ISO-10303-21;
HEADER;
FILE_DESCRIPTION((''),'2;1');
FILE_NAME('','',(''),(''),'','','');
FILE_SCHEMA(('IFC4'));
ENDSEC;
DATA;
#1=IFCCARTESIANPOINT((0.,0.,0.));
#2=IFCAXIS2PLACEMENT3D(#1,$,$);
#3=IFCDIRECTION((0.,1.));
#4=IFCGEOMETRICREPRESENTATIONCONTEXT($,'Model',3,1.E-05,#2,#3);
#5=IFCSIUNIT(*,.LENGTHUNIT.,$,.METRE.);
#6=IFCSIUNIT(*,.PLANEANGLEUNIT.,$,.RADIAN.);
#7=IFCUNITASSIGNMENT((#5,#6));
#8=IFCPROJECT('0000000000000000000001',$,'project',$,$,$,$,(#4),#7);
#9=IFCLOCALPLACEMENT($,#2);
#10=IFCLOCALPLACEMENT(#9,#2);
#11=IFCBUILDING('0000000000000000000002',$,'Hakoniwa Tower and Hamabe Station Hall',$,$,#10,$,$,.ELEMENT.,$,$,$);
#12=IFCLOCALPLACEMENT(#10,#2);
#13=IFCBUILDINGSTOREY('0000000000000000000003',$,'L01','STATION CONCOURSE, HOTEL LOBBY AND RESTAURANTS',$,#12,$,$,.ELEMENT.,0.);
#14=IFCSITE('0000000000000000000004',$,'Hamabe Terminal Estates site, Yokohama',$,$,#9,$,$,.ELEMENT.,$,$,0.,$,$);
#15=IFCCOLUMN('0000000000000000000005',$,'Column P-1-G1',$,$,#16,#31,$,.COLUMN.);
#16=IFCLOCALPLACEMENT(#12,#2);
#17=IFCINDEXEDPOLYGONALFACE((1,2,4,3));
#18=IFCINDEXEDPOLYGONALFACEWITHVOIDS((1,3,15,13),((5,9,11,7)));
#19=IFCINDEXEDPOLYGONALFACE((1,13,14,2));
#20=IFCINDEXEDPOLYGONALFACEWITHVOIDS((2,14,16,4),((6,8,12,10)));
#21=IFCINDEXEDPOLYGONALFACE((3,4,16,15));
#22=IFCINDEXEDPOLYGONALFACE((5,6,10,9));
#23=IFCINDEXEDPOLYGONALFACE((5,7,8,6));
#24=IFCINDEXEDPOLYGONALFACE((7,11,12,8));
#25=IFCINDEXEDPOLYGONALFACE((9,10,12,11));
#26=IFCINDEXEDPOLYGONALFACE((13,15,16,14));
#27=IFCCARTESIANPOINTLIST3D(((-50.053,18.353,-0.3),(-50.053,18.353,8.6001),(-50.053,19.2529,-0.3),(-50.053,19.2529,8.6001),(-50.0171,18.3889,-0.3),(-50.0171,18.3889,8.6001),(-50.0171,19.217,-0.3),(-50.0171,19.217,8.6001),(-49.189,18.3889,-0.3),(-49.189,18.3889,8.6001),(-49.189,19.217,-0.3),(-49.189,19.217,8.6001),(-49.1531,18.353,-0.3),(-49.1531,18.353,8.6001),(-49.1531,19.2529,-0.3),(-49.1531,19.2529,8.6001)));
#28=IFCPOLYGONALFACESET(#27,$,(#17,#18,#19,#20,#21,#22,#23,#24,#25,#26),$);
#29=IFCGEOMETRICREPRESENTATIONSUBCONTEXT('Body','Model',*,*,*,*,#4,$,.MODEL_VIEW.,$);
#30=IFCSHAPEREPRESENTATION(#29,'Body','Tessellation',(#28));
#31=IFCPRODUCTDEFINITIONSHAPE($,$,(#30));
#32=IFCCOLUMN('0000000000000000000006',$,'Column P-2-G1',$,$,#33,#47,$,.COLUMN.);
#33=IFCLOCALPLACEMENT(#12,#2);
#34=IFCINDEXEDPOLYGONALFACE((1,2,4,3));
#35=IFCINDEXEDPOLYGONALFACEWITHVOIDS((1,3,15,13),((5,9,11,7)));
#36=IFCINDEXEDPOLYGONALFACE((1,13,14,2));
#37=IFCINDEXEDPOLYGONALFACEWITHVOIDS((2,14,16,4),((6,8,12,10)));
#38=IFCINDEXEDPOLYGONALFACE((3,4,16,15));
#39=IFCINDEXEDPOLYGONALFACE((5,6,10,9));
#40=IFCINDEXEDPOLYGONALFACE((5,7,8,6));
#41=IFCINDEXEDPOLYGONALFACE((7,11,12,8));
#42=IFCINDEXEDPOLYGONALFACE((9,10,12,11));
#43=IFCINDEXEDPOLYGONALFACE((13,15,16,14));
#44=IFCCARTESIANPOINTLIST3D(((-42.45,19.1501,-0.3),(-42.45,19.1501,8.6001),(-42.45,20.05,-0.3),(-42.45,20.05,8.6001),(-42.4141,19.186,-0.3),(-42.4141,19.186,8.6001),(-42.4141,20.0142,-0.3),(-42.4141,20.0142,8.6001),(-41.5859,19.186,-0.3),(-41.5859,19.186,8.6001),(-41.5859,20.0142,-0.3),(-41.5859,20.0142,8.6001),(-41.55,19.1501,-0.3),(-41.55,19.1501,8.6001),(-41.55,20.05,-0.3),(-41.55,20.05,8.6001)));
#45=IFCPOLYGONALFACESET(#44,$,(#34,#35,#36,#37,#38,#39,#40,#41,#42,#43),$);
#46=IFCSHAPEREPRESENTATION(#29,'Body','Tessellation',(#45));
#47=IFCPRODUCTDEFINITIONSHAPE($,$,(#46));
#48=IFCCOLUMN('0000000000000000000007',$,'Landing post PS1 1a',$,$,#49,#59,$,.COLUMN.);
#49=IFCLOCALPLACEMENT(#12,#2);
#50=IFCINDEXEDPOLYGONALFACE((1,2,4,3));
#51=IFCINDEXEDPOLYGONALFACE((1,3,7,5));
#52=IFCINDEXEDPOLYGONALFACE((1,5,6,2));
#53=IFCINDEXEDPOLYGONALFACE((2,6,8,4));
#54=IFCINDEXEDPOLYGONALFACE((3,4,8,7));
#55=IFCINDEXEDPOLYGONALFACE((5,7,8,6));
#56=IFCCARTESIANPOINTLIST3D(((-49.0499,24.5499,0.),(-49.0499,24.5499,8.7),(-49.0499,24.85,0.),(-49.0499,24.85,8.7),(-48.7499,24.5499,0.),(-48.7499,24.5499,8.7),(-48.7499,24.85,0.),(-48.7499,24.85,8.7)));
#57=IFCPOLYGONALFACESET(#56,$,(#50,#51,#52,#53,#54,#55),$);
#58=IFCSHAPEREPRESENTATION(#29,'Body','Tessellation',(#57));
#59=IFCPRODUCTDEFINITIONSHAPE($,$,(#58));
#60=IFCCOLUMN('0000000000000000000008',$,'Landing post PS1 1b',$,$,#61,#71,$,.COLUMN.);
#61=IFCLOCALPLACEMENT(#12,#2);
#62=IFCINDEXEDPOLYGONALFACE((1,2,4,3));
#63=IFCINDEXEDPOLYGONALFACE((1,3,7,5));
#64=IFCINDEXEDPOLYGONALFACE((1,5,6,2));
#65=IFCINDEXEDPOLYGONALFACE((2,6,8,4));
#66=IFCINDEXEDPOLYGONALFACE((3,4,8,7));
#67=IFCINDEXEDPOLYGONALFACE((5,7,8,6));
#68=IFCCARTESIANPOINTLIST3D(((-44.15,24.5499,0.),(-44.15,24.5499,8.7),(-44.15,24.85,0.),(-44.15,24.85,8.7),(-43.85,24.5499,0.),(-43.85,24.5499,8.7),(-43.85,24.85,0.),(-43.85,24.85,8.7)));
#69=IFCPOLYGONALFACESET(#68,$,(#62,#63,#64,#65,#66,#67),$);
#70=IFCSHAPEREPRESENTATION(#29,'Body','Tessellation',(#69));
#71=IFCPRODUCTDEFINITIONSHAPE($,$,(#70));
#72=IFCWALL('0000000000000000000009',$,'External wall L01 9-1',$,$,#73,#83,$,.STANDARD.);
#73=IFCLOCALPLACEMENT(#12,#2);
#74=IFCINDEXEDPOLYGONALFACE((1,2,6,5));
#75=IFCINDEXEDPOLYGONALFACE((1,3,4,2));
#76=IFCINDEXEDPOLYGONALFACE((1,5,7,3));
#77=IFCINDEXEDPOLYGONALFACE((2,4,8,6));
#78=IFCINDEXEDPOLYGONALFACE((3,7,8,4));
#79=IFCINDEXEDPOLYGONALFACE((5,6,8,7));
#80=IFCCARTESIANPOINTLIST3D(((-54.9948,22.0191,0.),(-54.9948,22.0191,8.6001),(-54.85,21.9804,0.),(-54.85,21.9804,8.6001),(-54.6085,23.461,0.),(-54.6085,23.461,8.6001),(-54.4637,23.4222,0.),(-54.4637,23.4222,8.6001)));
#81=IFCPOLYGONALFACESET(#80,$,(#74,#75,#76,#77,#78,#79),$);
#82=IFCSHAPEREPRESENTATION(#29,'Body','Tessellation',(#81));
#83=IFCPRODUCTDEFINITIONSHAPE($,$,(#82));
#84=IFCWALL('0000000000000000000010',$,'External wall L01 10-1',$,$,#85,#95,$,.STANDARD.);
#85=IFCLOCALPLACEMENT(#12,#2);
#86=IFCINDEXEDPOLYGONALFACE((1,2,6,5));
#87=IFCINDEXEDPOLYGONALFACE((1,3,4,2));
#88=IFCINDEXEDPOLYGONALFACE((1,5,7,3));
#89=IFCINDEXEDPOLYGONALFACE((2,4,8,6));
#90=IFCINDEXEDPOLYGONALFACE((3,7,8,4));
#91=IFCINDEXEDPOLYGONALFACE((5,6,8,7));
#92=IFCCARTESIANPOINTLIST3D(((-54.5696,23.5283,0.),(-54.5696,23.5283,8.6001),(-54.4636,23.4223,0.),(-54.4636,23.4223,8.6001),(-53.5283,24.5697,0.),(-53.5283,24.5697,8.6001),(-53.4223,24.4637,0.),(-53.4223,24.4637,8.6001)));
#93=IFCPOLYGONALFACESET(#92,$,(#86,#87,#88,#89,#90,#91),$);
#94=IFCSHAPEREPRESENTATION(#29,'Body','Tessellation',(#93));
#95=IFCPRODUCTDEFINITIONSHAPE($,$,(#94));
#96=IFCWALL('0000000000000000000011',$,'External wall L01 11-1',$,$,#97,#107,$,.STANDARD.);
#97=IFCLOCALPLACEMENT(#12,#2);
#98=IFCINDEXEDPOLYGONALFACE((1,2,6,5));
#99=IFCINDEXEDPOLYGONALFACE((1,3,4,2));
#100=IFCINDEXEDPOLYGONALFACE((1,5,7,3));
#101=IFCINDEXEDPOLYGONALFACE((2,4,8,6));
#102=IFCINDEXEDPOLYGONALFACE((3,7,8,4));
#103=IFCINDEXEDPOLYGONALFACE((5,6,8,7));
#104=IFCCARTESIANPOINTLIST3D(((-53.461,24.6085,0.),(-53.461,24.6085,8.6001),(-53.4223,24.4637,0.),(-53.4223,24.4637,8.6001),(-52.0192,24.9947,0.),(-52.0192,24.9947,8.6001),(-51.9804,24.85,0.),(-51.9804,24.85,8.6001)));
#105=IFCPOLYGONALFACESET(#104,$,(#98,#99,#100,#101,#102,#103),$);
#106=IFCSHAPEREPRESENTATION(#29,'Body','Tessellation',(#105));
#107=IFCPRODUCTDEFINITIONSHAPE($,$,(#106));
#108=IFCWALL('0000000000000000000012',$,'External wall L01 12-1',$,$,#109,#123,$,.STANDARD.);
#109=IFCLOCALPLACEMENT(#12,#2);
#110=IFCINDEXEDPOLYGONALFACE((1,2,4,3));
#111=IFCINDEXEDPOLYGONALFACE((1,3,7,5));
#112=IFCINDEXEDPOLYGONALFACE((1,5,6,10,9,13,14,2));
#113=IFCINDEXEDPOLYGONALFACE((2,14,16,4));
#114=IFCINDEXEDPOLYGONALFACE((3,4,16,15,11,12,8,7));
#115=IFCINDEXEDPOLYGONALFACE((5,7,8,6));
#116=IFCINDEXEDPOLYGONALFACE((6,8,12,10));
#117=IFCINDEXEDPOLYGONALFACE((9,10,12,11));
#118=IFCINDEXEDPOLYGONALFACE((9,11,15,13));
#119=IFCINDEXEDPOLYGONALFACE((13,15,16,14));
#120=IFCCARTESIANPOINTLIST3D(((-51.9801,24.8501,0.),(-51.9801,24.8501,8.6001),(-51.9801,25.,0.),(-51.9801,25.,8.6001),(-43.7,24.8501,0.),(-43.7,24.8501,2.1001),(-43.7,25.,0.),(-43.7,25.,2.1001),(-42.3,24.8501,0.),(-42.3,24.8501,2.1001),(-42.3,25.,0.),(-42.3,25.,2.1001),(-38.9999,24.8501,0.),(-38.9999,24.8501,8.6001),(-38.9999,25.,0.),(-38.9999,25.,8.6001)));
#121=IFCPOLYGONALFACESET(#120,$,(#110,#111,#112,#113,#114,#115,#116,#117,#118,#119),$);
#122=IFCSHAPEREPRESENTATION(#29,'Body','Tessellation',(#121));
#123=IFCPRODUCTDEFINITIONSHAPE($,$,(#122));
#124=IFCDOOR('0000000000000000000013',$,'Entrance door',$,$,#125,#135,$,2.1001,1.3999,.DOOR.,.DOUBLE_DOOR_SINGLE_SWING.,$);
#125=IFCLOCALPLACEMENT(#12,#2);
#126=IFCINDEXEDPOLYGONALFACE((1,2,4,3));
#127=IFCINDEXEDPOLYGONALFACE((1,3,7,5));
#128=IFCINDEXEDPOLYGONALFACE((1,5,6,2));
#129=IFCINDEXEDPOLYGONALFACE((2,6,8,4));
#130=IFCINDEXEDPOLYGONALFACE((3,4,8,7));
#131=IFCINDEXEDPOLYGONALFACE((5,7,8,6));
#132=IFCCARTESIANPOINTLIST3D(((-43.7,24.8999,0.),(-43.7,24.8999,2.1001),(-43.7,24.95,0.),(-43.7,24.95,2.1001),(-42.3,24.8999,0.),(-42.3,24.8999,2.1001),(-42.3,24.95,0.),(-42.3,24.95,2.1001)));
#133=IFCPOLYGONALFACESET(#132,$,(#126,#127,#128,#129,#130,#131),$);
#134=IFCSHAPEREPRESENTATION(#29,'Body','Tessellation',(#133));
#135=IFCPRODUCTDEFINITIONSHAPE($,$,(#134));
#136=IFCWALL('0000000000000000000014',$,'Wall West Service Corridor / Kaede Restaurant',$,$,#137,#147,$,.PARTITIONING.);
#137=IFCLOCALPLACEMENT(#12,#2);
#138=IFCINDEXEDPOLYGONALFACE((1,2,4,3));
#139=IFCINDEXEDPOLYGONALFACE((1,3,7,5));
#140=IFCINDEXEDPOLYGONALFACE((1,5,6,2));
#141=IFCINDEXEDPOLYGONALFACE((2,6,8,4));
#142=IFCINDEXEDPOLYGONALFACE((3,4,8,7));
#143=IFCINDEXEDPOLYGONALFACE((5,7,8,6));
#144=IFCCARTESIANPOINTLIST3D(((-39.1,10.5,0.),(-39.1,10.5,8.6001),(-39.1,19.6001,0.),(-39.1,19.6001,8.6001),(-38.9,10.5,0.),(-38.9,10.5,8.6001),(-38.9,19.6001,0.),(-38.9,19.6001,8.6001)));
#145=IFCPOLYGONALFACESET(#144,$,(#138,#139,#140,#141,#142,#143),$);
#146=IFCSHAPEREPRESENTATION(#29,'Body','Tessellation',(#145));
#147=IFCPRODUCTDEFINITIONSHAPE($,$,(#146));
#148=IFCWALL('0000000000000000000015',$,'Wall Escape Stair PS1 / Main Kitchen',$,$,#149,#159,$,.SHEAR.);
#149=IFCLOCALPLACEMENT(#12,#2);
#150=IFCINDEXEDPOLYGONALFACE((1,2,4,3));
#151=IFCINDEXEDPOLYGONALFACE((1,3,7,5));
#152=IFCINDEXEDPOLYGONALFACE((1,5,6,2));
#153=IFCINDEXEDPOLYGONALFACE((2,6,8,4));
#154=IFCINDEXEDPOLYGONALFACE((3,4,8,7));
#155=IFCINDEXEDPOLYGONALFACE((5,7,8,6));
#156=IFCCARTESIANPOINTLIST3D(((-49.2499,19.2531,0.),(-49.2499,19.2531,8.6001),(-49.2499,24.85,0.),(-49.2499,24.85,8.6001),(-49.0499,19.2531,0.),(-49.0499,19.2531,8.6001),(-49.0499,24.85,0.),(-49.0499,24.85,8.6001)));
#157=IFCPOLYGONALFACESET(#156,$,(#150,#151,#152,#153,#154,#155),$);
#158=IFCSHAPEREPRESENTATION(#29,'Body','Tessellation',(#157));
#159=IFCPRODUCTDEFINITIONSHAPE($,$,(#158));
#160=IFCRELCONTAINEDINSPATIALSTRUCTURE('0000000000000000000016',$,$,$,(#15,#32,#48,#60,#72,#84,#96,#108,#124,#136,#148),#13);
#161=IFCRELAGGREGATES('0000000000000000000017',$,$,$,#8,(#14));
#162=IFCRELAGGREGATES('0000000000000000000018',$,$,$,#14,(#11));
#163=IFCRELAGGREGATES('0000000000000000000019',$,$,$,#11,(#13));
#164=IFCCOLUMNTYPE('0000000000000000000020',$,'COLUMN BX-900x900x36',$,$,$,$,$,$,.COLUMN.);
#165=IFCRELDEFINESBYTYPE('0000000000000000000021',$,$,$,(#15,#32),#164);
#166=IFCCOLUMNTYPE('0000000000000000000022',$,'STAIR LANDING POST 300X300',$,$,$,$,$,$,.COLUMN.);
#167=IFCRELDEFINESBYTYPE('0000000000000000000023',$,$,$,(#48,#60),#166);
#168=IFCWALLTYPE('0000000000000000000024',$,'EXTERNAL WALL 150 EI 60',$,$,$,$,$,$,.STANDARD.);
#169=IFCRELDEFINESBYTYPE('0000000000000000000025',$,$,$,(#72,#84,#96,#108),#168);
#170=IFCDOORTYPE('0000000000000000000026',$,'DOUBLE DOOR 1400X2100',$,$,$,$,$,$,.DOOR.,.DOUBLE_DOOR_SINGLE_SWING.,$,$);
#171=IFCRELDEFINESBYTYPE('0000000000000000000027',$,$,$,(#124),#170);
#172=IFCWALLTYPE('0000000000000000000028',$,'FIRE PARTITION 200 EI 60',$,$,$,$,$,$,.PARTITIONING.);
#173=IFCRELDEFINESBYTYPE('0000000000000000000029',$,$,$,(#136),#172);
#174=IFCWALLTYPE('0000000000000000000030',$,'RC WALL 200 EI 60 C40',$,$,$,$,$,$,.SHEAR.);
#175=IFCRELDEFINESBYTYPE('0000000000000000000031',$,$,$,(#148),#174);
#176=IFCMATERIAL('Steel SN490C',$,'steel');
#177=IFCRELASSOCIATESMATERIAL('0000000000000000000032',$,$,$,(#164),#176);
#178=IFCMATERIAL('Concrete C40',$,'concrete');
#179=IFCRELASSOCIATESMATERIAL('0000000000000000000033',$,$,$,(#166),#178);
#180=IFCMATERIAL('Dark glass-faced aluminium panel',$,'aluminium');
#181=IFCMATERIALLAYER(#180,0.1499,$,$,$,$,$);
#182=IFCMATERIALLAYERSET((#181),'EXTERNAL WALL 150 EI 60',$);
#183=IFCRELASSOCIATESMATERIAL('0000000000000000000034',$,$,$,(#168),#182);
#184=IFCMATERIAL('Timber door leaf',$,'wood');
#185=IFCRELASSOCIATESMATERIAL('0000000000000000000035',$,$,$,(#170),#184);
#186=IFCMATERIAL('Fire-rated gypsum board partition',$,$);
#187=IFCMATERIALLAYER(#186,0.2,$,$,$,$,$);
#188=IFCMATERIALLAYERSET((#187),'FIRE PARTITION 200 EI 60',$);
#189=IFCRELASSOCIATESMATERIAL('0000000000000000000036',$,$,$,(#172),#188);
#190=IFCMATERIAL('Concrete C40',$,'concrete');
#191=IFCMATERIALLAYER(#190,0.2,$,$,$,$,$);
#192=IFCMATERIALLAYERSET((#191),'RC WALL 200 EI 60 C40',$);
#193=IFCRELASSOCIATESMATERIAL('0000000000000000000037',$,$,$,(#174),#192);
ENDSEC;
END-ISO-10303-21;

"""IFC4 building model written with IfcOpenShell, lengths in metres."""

from ifc_helpers import new_model, si_unit, direction, frame, frame_2d, origin, origin_2d, place, context, subcontext, project, spatial, rectangle, hollow_rectangle, extrude, material, layer, layer_set, material_profile, profile_set, type_object, element, fill, save


model = new_model("IFC4")

# Units and contexts
model_context = context("Model", 3, precision=1e-05, world=origin(), true_north=direction((0.0, 1.0)))
body_context = subcontext(model_context, "Body", "Model", "MODEL_VIEW")
ifc_project = project(units=[si_unit("LENGTHUNIT", "METRE"), si_unit("PLANEANGLEUNIT", "RADIAN")], contexts=[model_context])

# Site, building, storey
site_placement = place(None, origin())
site = spatial("IfcSite", under=ifc_project, at=site_placement, Name="Hamabe Terminal Estates site, Yokohama", CompositionType="ELEMENT", RefElevation=0.0)
building_placement = place(site_placement, origin())
building = spatial("IfcBuilding", under=site, at=building_placement, Name="Hakoniwa Tower and Hamabe Station Hall", CompositionType="ELEMENT")
storey_placement = place(building_placement, origin())
storey = spatial("IfcBuildingStorey", under=building, at=storey_placement, Name="L01", Description="STATION CONCOURSE, HOTEL LOBBY AND RESTAURANTS", CompositionType="ELEMENT", Elevation=0.0)

# Columns
ifc_material_1 = material(Name="Steel SN490C", Category="steel")
ifc_material_profile_1 = material_profile(ifc_material_1, hollow_rectangle(XDim=0.8999, YDim=0.8999, WallThickness=0.0359, at=origin_2d()), Name="BX-900x900x36")
ifc_profile_set_1 = profile_set([ifc_material_profile_1], Name="Steel SN490C")
column_type_1 = type_object("IfcColumnType", Name="COLUMN BX-900x900x36", PredefinedType="COLUMN", material=ifc_profile_set_1)
for number, where, z_axis, x_axis, name in (
    (1, (-49.603, 18.803, -0.3), (0.0, 0.0, 1.0), (1.0, 0.0, 0.0), "Column P-1-G1"),
    (2, (-42.0, 19.6001, -0.3), (0.0, 0.0, 1.0), (1.0, 0.0, 0.0), "Column P-2-G1"),
):
    element("IfcColumn", number, at=place(storey_placement, frame(where, z_axis=z_axis, x_axis=x_axis)), inside=storey, type_object=column_type_1, Name=name, PredefinedType="COLUMN", context=body_context, shape_type="SweptSolid", body=[
        extrude(hollow_rectangle(XDim=0.8999, YDim=0.8999, WallThickness=0.0359, at=origin_2d()), origin(), (0.0, 0.0, 1.0), 8.9001),
    ])
ifc_material_2 = material(Name="Concrete C40", Category="concrete")
ifc_material_profile_2 = material_profile(ifc_material_2, rectangle(XDim=0.3, YDim=0.3, at=origin_2d()), Name="STAIR LANDING POST 300X300")
ifc_profile_set_2 = profile_set([ifc_material_profile_2], Name="Concrete C40")
column_type_2 = type_object("IfcColumnType", Name="STAIR LANDING POST 300X300", PredefinedType="COLUMN", material=ifc_profile_set_2)
for number, where, z_axis, x_axis, name in (
    (3, (-48.8999, 24.7, 0.0), (0.0, 0.0, 1.0), (1.0, 0.0, 0.0), "Landing post PS1 1a"),
    (4, (-44.0, 24.7, 0.0), (0.0, 0.0, 1.0), (1.0, 0.0, 0.0), "Landing post PS1 1b"),
):
    element("IfcColumn", number, at=place(storey_placement, frame(where, z_axis=z_axis, x_axis=x_axis)), inside=storey, type_object=column_type_2, Name=name, PredefinedType="COLUMN", context=body_context, shape_type="SweptSolid", body=[
        extrude(rectangle(XDim=0.3, YDim=0.3, at=origin_2d()), origin(), (0.0, 0.0, 1.0), 8.7),
    ])

# Walls
ifc_material_3 = material(Name="Dark glass-faced aluminium panel", Category="aluminium")
ifc_layer_1 = layer(ifc_material_3, 0.1499)
ifc_layer_set_1 = layer_set([ifc_layer_1], Name="EXTERNAL WALL 150 EI 60")
wall_type_1 = type_object("IfcWallType", Name="EXTERNAL WALL 150 EI 60", PredefinedType="STANDARD", material=ifc_layer_set_1)
wall_1_placement = place(storey_placement, frame((-54.9224, 21.9998, 0.0), z_axis=(0.0, 0.0, 1.0), x_axis=(0.258742, 0.965947, 0.0)))
element("IfcWall", 5, at=wall_1_placement, inside=storey, type_object=wall_type_1, Name="External wall L01 9-1", PredefinedType="STANDARD", context=body_context, shape_type="SweptSolid", body=[
    extrude(rectangle(XDim=1.4927, YDim=0.1499, at=frame_2d((0.7463, 0.0))), origin(), (0.0, 0.0, 1.0), 8.6001),
])
wall_2_placement = place(storey_placement, frame((-54.5166, 23.4753, 0.0), z_axis=(0.0, 0.0, 1.0), x_axis=(0.707107, 0.707107, 0.0)))
element("IfcWall", 6, at=wall_2_placement, inside=storey, type_object=wall_type_1, Name="External wall L01 10-1", PredefinedType="STANDARD", context=body_context, shape_type="SweptSolid", body=[
    extrude(rectangle(XDim=1.4727, YDim=0.1499, at=frame_2d((0.7363, 0.0))), origin(), (0.0, 0.0, 1.0), 8.6001),
])
wall_3_placement = place(storey_placement, frame((-53.4417, 24.5361, 0.0), z_axis=(0.0, 0.0, 1.0), x_axis=(0.965947, 0.258742, 0.0)))
element("IfcWall", 7, at=wall_3_placement, inside=storey, type_object=wall_type_1, Name="External wall L01 11-1", PredefinedType="STANDARD", context=body_context, shape_type="SweptSolid", body=[
    extrude(rectangle(XDim=1.4927, YDim=0.1499, at=frame_2d((0.7463, 0.0))), origin(), (0.0, 0.0, 1.0), 8.6001),
])

# Wall, opening, door
wall_4_placement = place(storey_placement, frame((-51.9802, 24.925, 0.0), z_axis=(0.0, 0.0, 1.0), x_axis=(1.0, 0.0, 0.0)))
wall_4 = element("IfcWall", 8, at=wall_4_placement, inside=storey, type_object=wall_type_1, Name="External wall L01 12-1", PredefinedType="STANDARD", context=body_context, shape_type="SweptSolid", body=[
    extrude(rectangle(XDim=12.9802, YDim=0.1499, at=frame_2d((6.4902, 0.0))), origin(), (0.0, 0.0, 1.0), 8.6001),
])
opening_1_placement = place(wall_4_placement, frame((8.2803, 0.0, 0.0)))
opening_1 = element("IfcOpeningElement", 9, at=opening_1_placement, cuts=wall_4, PredefinedType="OPENING", context=body_context, shape_type="SweptSolid", body=[
    extrude(rectangle(XDim=1.3999, YDim=2.1001, at=frame_2d((0.7, 1.05))), frame((0.0, 0.085, 0.0), z_axis=(0.0, -1.0, 0.0), x_axis=(1.0, 0.0, 0.0)), (0.0, 0.0, 1.0), 0.1699),
])
ifc_material_4 = material(Name="Timber door leaf", Category="wood")
door_type_1 = type_object("IfcDoorType", Name="DOUBLE DOOR 1400X2100", OperationType="DOUBLE_DOOR_SINGLE_SWING", PredefinedType="DOOR", material=ifc_material_4)
door_1_placement = place(opening_1_placement, origin())
door_1 = element("IfcDoor", 10, at=door_1_placement, inside=storey, type_object=door_type_1, Name="Entrance door", OperationType="DOUBLE_DOOR_SINGLE_SWING", OverallHeight=2.1001, OverallWidth=1.3999, PredefinedType="DOOR", context=body_context, shape_type="SweptSolid", body=[
    extrude(rectangle(XDim=1.3999, YDim=2.1001, at=frame_2d((0.7, 1.05))), frame((0.0, 0.0249, 0.0), z_axis=(0.0, -1.0, 0.0), x_axis=(1.0, 0.0, 0.0)), (0.0, 0.0, 1.0), 0.05),
])
fill(opening_1, door_1)

# Walls
ifc_material_5 = material(Name="Fire-rated gypsum board partition")
ifc_layer_2 = layer(ifc_material_5, 0.2)
ifc_layer_set_2 = layer_set([ifc_layer_2], Name="FIRE PARTITION 200 EI 60")
wall_type_2 = type_object("IfcWallType", Name="FIRE PARTITION 200 EI 60", PredefinedType="PARTITIONING", material=ifc_layer_set_2)
wall_5_placement = place(storey_placement, frame((-39.0, 19.6001, 0.0), z_axis=(0.0, 0.0, 1.0), x_axis=(0.0, -1.0, 0.0)))
element("IfcWall", 11, at=wall_5_placement, inside=storey, type_object=wall_type_2, Name="Wall West Service Corridor / Kaede Restaurant", PredefinedType="PARTITIONING", context=body_context, shape_type="SweptSolid", body=[
    extrude(rectangle(XDim=9.1001, YDim=0.2, at=frame_2d((4.55, 0.0))), origin(), (0.0, 0.0, 1.0), 8.6001),
])
ifc_material_6 = material(Name="Concrete C40", Category="concrete")
ifc_layer_3 = layer(ifc_material_6, 0.2)
ifc_layer_set_3 = layer_set([ifc_layer_3], Name="RC WALL 200 EI 60 C40")
wall_type_3 = type_object("IfcWallType", Name="RC WALL 200 EI 60 C40", PredefinedType="SHEAR", material=ifc_layer_set_3)
wall_6_placement = place(storey_placement, frame((-49.1499, 19.2532, 0.0), z_axis=(0.0, 0.0, 1.0), x_axis=(0.0, 1.0, 0.0)))
element("IfcWall", 12, at=wall_6_placement, inside=storey, type_object=wall_type_3, Name="Wall Escape Stair PS1 / Main Kitchen", PredefinedType="SHEAR", context=body_context, shape_type="SweptSolid", body=[
    extrude(rectangle(XDim=5.5969, YDim=0.2, at=frame_2d((2.7983, 0.0))), origin(), (0.0, 0.0, 1.0), 8.6001),
])

save(model, "model.ifc")
